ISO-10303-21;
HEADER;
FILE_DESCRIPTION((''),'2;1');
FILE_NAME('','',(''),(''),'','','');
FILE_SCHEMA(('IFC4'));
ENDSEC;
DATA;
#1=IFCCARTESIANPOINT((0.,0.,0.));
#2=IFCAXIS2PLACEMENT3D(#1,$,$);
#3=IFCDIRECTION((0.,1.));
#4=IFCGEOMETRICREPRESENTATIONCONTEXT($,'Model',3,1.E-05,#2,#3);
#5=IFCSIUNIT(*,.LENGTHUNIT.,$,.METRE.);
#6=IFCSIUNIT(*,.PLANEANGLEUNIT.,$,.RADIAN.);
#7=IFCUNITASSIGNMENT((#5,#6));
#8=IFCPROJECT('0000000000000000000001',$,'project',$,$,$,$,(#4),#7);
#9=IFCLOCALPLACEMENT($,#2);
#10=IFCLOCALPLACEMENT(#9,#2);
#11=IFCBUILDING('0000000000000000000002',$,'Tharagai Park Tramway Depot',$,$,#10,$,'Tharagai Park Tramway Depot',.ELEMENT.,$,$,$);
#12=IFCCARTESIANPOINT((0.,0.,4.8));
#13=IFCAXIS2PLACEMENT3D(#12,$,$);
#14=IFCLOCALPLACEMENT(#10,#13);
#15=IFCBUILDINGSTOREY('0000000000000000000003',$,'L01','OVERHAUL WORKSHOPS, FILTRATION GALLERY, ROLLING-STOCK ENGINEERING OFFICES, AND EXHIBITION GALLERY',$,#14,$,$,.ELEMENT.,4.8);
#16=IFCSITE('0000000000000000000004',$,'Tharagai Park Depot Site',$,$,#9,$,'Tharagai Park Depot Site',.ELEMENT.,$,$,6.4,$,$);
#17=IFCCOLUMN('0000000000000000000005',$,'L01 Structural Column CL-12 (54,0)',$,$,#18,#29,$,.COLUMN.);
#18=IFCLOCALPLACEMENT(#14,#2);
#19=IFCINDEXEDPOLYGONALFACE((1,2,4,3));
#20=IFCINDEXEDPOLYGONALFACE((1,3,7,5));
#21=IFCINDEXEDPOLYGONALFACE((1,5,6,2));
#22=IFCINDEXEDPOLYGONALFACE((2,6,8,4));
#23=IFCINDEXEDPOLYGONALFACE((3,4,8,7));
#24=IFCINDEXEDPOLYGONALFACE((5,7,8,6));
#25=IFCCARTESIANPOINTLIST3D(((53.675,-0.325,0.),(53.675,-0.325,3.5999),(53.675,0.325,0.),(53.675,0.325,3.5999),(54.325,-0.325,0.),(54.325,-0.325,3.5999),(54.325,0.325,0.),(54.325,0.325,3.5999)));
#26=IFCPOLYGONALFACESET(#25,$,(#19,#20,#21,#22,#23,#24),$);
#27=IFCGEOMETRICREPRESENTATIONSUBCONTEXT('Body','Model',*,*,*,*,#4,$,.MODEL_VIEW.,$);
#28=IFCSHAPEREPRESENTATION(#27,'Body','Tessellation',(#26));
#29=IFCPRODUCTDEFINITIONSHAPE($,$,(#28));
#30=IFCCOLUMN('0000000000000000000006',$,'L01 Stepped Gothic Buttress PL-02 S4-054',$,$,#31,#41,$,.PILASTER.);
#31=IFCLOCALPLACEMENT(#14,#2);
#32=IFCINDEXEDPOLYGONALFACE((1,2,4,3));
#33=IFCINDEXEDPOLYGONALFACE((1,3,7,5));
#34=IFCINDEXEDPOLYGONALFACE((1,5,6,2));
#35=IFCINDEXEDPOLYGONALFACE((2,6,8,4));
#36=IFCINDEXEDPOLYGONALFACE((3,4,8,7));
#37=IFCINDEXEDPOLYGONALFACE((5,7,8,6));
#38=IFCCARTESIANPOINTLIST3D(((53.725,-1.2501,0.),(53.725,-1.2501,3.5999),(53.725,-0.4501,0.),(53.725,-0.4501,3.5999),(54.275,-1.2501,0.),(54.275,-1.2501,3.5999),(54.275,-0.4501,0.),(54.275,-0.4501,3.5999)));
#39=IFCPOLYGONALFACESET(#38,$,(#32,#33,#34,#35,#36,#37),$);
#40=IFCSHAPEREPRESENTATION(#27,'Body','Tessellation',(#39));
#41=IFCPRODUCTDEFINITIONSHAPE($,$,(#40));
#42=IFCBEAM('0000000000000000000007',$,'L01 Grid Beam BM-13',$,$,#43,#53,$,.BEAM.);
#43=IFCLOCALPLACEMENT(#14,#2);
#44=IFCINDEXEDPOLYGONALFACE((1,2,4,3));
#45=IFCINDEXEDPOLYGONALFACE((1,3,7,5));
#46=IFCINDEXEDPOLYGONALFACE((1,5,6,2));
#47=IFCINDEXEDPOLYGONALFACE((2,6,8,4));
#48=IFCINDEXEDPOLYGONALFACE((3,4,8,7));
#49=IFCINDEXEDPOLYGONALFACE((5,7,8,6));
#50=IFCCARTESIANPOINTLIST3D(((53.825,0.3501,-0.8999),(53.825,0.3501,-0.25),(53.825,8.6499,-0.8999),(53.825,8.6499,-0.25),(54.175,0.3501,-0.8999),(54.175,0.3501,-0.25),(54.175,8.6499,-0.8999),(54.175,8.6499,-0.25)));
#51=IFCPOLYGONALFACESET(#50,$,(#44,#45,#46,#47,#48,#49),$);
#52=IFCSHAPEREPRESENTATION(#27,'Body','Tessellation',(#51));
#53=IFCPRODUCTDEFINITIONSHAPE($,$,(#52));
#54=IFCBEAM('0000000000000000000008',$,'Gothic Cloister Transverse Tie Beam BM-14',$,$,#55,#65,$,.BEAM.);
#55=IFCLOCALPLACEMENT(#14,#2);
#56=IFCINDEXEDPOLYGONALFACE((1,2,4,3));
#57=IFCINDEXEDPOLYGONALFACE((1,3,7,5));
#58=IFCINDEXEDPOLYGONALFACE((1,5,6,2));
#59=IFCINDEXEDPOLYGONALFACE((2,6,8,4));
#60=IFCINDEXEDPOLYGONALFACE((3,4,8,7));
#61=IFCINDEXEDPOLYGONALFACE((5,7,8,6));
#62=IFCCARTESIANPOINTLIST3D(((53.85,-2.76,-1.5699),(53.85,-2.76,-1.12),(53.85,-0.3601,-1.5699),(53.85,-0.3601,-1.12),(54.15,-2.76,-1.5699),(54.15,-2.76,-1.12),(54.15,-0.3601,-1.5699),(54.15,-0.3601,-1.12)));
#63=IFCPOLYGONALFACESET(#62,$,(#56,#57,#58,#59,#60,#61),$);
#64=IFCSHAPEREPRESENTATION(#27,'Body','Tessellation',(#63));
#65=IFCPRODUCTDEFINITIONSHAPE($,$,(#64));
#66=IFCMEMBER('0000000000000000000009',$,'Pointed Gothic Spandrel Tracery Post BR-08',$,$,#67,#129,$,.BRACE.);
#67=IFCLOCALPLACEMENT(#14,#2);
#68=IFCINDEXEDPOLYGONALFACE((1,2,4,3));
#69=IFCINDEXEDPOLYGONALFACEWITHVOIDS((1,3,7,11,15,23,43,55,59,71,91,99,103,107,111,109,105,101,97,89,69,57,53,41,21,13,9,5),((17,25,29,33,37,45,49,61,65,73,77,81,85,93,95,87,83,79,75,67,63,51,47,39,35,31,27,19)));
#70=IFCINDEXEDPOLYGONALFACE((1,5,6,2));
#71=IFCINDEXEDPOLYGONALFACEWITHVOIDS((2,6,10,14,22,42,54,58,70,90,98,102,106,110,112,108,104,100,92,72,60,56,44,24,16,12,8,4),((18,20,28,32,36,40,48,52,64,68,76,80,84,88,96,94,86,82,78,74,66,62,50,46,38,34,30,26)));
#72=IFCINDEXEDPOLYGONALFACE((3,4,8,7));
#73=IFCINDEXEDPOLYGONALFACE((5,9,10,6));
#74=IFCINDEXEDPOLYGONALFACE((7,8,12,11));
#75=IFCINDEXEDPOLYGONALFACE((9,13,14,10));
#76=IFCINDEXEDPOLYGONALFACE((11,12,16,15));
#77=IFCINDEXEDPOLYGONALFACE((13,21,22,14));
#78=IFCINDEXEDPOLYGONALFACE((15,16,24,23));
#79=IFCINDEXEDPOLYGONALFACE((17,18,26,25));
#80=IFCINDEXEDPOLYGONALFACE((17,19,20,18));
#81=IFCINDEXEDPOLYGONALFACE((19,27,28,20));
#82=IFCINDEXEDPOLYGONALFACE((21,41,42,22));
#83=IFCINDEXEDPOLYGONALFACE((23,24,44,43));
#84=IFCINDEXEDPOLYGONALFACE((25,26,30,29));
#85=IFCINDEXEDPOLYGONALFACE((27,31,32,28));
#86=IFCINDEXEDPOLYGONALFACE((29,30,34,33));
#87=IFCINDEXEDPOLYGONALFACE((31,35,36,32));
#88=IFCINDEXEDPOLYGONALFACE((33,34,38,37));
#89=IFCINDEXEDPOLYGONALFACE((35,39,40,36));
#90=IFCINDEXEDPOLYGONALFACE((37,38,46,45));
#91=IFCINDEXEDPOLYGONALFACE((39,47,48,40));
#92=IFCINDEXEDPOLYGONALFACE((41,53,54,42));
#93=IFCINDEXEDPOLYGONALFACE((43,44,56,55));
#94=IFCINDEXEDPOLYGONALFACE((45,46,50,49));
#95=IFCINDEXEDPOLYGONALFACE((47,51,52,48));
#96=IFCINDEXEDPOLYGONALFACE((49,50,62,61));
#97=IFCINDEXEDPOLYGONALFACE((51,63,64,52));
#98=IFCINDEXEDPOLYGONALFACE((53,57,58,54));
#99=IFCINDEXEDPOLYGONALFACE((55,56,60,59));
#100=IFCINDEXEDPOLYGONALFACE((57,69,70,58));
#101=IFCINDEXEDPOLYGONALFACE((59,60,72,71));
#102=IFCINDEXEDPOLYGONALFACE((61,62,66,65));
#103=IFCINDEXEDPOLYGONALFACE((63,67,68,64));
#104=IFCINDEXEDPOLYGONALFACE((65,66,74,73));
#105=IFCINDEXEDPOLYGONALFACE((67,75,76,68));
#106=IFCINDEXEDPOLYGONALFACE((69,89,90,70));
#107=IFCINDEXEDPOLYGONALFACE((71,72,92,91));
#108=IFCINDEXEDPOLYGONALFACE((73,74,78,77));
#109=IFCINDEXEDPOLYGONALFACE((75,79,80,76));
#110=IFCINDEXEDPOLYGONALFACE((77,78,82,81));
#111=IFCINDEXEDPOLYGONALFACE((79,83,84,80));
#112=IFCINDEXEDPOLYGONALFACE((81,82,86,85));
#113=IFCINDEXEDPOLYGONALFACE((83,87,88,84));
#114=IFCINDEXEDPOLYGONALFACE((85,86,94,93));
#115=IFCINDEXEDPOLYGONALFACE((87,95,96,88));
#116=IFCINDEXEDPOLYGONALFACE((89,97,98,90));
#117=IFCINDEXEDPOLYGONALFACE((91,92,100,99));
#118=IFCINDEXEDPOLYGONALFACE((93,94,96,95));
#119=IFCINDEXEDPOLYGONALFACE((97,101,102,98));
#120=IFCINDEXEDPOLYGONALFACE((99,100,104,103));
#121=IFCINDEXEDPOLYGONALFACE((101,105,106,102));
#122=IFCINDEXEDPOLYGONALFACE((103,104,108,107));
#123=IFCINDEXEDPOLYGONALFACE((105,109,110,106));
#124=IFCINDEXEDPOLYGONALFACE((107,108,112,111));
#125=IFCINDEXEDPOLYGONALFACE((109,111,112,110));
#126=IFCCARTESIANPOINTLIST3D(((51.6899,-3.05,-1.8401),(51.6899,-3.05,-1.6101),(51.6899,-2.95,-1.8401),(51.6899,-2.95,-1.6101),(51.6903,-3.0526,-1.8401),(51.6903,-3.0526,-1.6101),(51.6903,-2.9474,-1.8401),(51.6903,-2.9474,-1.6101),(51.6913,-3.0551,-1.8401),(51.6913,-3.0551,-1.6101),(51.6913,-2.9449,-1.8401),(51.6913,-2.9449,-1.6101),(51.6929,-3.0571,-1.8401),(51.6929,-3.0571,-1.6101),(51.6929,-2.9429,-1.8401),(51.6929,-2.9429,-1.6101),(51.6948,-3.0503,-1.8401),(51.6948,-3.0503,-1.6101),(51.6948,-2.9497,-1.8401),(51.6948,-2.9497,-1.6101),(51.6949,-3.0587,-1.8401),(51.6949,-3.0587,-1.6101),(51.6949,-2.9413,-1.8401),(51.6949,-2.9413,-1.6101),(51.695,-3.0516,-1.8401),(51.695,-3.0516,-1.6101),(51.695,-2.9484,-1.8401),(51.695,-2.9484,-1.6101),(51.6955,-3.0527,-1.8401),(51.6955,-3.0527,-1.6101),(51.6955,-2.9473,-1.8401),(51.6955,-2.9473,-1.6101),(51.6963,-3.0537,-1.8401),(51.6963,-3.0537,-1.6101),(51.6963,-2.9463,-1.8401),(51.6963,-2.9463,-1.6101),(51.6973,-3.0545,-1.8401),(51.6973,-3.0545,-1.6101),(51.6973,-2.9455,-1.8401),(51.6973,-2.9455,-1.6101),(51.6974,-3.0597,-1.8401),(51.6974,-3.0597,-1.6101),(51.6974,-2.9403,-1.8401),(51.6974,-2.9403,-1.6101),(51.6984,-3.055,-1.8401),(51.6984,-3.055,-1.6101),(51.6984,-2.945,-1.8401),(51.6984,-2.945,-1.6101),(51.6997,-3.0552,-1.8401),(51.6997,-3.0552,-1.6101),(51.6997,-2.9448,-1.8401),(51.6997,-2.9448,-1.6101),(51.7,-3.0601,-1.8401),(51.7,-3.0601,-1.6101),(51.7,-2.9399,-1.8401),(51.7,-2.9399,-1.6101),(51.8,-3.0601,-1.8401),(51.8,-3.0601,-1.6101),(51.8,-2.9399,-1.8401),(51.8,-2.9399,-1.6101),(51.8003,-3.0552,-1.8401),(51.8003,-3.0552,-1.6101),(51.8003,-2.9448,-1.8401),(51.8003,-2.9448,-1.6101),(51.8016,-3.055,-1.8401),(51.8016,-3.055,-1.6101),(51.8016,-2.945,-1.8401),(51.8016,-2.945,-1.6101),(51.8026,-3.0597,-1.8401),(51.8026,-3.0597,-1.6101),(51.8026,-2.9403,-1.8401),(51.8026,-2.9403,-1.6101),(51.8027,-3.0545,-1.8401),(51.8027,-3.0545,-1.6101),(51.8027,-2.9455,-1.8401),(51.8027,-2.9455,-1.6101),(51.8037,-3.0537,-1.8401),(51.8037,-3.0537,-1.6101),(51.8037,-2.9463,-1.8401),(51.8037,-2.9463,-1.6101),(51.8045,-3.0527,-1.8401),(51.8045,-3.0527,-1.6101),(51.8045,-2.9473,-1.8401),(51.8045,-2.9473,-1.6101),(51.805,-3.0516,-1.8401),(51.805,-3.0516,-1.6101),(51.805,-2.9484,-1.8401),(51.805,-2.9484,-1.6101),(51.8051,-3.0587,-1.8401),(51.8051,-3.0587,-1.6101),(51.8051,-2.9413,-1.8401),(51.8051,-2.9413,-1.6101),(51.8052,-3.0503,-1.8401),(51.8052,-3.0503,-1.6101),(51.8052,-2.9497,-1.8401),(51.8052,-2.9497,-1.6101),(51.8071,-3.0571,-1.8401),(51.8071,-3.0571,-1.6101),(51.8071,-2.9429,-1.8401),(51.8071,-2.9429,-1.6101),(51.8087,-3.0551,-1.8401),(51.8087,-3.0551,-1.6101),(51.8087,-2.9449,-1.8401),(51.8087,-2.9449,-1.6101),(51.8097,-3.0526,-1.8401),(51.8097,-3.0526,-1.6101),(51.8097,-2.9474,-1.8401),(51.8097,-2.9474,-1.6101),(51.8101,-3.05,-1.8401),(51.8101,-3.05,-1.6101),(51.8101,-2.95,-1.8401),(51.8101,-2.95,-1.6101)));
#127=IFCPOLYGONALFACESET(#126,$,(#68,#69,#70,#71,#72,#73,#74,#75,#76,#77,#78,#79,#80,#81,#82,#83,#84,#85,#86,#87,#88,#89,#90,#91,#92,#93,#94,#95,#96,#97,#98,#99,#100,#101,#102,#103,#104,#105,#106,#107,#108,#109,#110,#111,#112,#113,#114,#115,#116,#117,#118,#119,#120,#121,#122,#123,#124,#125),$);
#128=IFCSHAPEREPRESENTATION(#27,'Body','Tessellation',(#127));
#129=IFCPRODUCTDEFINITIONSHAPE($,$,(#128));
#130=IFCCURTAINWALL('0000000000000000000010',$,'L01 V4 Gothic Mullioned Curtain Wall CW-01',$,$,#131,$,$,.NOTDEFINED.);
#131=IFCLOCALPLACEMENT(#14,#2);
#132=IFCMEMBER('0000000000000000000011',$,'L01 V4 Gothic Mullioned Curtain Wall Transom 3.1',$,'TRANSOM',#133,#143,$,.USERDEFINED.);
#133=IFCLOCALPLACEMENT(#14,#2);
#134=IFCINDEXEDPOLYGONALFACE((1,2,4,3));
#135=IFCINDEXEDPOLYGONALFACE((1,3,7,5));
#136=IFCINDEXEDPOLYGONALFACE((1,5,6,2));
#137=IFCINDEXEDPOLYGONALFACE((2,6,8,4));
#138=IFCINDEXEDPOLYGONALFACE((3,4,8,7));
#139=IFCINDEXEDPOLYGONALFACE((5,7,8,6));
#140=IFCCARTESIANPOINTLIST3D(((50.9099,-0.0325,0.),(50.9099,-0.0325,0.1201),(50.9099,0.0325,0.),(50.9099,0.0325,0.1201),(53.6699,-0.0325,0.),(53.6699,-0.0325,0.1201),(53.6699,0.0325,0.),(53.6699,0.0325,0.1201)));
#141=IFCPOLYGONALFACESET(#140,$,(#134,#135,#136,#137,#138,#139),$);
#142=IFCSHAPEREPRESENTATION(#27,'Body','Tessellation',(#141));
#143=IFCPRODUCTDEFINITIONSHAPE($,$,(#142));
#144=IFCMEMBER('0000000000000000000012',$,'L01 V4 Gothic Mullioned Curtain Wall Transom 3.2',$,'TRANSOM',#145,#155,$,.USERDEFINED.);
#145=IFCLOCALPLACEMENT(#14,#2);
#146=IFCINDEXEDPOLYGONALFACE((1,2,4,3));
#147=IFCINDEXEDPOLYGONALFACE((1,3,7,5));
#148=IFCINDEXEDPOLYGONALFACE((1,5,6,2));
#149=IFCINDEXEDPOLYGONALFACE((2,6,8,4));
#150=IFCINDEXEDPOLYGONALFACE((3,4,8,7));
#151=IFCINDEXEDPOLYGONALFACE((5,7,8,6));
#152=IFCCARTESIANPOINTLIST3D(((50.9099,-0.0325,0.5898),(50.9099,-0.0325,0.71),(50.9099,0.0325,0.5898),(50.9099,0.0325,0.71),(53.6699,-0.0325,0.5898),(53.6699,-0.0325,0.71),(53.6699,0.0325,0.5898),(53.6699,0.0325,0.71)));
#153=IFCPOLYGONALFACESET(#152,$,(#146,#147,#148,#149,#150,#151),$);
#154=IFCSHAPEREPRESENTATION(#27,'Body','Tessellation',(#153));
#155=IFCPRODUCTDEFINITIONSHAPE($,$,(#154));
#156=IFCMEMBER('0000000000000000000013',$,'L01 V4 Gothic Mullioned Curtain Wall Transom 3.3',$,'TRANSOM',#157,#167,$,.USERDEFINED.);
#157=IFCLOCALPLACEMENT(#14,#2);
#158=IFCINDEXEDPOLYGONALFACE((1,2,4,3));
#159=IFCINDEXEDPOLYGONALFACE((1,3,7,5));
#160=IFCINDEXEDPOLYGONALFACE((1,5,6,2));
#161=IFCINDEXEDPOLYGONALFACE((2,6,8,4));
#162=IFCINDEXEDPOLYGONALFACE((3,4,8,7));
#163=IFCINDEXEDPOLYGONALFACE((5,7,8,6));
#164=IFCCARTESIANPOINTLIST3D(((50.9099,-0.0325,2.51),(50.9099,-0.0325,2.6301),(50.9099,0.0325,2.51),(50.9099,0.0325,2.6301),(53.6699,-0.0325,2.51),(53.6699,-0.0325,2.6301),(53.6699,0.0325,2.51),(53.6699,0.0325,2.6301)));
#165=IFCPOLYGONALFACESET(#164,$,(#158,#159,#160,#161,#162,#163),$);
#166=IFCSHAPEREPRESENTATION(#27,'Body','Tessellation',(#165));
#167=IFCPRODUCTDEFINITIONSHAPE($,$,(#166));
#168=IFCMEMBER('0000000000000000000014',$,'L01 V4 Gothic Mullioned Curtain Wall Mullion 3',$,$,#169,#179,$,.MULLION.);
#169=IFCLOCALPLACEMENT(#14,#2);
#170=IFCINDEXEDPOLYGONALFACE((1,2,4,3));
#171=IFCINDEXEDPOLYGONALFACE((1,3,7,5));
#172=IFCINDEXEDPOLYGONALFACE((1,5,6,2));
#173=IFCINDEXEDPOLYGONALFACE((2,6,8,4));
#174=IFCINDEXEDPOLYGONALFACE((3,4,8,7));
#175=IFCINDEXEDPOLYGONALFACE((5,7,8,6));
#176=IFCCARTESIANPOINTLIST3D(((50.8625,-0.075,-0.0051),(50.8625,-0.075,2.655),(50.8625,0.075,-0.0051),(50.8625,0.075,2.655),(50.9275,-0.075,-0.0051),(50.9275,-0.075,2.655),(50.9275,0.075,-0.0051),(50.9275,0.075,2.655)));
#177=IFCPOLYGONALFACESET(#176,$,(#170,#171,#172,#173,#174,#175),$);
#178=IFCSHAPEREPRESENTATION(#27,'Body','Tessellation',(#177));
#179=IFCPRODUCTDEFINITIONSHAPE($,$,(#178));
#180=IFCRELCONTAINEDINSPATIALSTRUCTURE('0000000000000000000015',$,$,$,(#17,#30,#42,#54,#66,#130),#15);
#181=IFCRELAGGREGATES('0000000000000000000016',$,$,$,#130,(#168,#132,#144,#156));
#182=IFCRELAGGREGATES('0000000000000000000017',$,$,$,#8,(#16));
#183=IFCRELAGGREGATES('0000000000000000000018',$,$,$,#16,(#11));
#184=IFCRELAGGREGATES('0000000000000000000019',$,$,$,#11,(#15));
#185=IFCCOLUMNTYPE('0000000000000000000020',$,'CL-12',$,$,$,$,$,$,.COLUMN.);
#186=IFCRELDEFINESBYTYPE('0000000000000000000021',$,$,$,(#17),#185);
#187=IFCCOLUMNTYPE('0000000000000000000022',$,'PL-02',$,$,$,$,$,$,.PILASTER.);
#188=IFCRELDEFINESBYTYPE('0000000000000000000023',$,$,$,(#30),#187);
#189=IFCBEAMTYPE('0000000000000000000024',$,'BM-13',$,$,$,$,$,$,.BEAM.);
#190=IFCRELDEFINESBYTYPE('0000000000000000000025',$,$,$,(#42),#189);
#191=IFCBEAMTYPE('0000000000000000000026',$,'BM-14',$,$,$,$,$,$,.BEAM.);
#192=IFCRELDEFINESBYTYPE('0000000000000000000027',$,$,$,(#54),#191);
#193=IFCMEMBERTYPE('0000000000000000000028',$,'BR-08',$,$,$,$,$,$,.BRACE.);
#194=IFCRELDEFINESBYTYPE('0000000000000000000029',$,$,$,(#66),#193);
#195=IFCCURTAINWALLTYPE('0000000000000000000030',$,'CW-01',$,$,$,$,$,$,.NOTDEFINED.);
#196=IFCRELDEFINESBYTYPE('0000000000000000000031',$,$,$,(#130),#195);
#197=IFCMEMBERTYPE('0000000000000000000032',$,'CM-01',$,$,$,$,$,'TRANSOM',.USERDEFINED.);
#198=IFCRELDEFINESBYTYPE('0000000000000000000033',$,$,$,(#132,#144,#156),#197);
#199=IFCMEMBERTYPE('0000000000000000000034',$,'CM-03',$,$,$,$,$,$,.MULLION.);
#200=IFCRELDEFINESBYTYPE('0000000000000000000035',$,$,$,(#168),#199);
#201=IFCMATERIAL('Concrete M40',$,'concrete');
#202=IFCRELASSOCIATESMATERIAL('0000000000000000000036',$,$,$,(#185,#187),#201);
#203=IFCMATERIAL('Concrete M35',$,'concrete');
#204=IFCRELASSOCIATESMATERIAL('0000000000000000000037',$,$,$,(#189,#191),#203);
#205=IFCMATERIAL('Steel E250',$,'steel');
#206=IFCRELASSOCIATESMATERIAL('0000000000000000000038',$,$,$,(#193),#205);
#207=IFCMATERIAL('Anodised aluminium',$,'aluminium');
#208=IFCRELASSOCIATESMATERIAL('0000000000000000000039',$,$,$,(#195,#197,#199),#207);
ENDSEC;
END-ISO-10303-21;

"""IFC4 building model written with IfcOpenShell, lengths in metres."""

from ifc_helpers import new_model, si_unit, direction, frame, origin, origin_2d, place, context, subcontext, project, spatial, rectangle, hollow_rectangle, extrude, material, material_profile, profile_set, type_object, element, aggregate, save


model = new_model("IFC4")

# Units and contexts
model_context = context("Model", 3, precision=1e-05, world=origin(), true_north=direction((0.0, 1.0)))
body_context = subcontext(model_context, "Body", "Model", "MODEL_VIEW")
ifc_project = project(units=[si_unit("LENGTHUNIT", "METRE"), si_unit("PLANEANGLEUNIT", "RADIAN")], contexts=[model_context])

# Site, building, storey
site_placement = place(None, origin())
site = spatial("IfcSite", under=ifc_project, at=site_placement, Name="Tharagai Park Depot Site", LongName="Tharagai Park Depot Site", CompositionType="ELEMENT", RefElevation=6.4)
building_placement = place(site_placement, origin())
building = spatial("IfcBuilding", under=site, at=building_placement, Name="Tharagai Park Tramway Depot", LongName="Tharagai Park Tramway Depot", CompositionType="ELEMENT")
storey_placement = place(building_placement, frame((0.0, 0.0, 4.8)))
storey = spatial("IfcBuildingStorey", under=building, at=storey_placement, Name="L01", Description="OVERHAUL WORKSHOPS, FILTRATION GALLERY, ROLLING-STOCK ENGINEERING OFFICES, AND EXHIBITION GALLERY", CompositionType="ELEMENT", Elevation=4.8)

# Columns
ifc_material_1 = material(Name="Concrete M40", Category="concrete")
ifc_material_profile_1 = material_profile(ifc_material_1, rectangle(XDim=0.6499, YDim=0.6499, at=origin_2d()), Name="RC 650x650")
ifc_profile_set_1 = profile_set([ifc_material_profile_1], Name="Concrete M40")
column_type_1 = type_object("IfcColumnType", Name="CL-12", PredefinedType="COLUMN", material=ifc_profile_set_1)
column_1_placement = place(storey_placement, frame((54.0, 0.0, 0.0), z_axis=(0.0, 0.0, 1.0), x_axis=(1.0, 0.0, 0.0)))
element("IfcColumn", 1, at=column_1_placement, inside=storey, type_object=column_type_1, Name="L01 Structural Column CL-12 (54,0)", PredefinedType="COLUMN", context=body_context, shape_type="SweptSolid", body=[
    extrude(rectangle(XDim=0.6499, YDim=0.6499, at=origin_2d()), origin(), (0.0, 0.0, 1.0), 3.5999),
])
ifc_material_profile_2 = material_profile(ifc_material_1, rectangle(XDim=0.55, YDim=0.8, at=origin_2d()), Name="RC 550x800")
ifc_profile_set_2 = profile_set([ifc_material_profile_2], Name="Concrete M40")
column_type_2 = type_object("IfcColumnType", Name="PL-02", PredefinedType="PILASTER", material=ifc_profile_set_2)
column_2_placement = place(storey_placement, frame((54.0, -0.8501, 0.0), z_axis=(0.0, 0.0, 1.0), x_axis=(1.0, 0.0, 0.0)))
element("IfcColumn", 2, at=column_2_placement, inside=storey, type_object=column_type_2, Name="L01 Stepped Gothic Buttress PL-02 S4-054", PredefinedType="PILASTER", context=body_context, shape_type="SweptSolid", body=[
    extrude(rectangle(XDim=0.55, YDim=0.8, at=origin_2d()), origin(), (0.0, 0.0, 1.0), 3.5999),
])

# Beams
ifc_material_2 = material(Name="Concrete M35", Category="concrete")
ifc_material_profile_3 = material_profile(ifc_material_2, rectangle(XDim=0.3501, YDim=0.6499, at=origin_2d()), Name="RC 350x650")
ifc_profile_set_3 = profile_set([ifc_material_profile_3], Name="Concrete M35")
beam_type_1 = type_object("IfcBeamType", Name="BM-13", PredefinedType="BEAM", material=ifc_profile_set_3)
beam_1_placement = place(storey_placement, frame((54.0, 0.3501, -0.575), z_axis=(0.0, 1.0, 0.0), x_axis=(-1.0, 0.0, 0.0)))
element("IfcBeam", 3, at=beam_1_placement, inside=storey, type_object=beam_type_1, Name="L01 Grid Beam BM-13", PredefinedType="BEAM", context=body_context, shape_type="SweptSolid", body=[
    extrude(rectangle(XDim=0.3501, YDim=0.6499, at=origin_2d()), origin(), (0.0, 0.0, 1.0), 8.2998),
])
ifc_material_profile_4 = material_profile(ifc_material_2, rectangle(XDim=0.3, YDim=0.45, at=origin_2d()), Name="RC 300x450")
ifc_profile_set_4 = profile_set([ifc_material_profile_4], Name="Concrete M35")
beam_type_2 = type_object("IfcBeamType", Name="BM-14", PredefinedType="BEAM", material=ifc_profile_set_4)
beam_2_placement = place(storey_placement, frame((54.0, -2.76, -1.345), z_axis=(0.0, 1.0, 0.0), x_axis=(-1.0, 0.0, 0.0)))
element("IfcBeam", 4, at=beam_2_placement, inside=storey, type_object=beam_type_2, Name="Gothic Cloister Transverse Tie Beam BM-14", PredefinedType="BEAM", context=body_context, shape_type="SweptSolid", body=[
    extrude(rectangle(XDim=0.3, YDim=0.45, at=origin_2d()), origin(), (0.0, 0.0, 1.0), 2.3999),
])

# Member
ifc_material_3 = material(Name="Steel E250", Category="steel")
ifc_material_profile_5 = material_profile(ifc_material_3, hollow_rectangle(XDim=0.1201, YDim=0.1201, WallThickness=0.0049, InnerFilletRadius=0.0049, OuterFilletRadius=0.01, at=origin_2d()), Name="SHS 120x120x5")
ifc_profile_set_5 = profile_set([ifc_material_profile_5], Name="Steel E250")
member_type_1 = type_object("IfcMemberType", Name="BR-08", PredefinedType="BRACE", material=ifc_profile_set_5)
member_1_placement = place(storey_placement, frame((51.75, -3.0, -1.8401), z_axis=(0.0, 0.0, 1.0), x_axis=(1.0, 0.0, 0.0)))
element("IfcMember", 5, at=member_1_placement, inside=storey, type_object=member_type_1, Name="Pointed Gothic Spandrel Tracery Post BR-08", PredefinedType="BRACE", context=body_context, shape_type="SweptSolid", body=[
    extrude(hollow_rectangle(XDim=0.1201, YDim=0.1201, WallThickness=0.0049, InnerFilletRadius=0.0049, OuterFilletRadius=0.01, at=origin_2d()), origin(), (0.0, 0.0, 1.0), 0.23),
])

# Curtain wall, members
ifc_material_4 = material(Name="Anodised aluminium", Category="aluminium")
curtain_wall_type = type_object("IfcCurtainWallType", Name="CW-01", PredefinedType="NOTDEFINED", material=ifc_material_4)
curtain_wall_placement = place(storey_placement, origin())
curtain_wall = element("IfcCurtainWall", 6, at=curtain_wall_placement, inside=storey, type_object=curtain_wall_type, Name="L01 V4 Gothic Mullioned Curtain Wall CW-01", PredefinedType="NOTDEFINED")
ifc_material_profile_6 = material_profile(ifc_material_4, rectangle(XDim=0.0649, YDim=0.1201, at=origin_2d()), Name="ALU 65x120")
ifc_profile_set_6 = profile_set([ifc_material_profile_6], Name="Anodised aluminium")
member_type_2 = type_object("IfcMemberType", Name="CM-01", ElementType="TRANSOM", PredefinedType="USERDEFINED", material=ifc_profile_set_6)
member_2_placement = place(storey_placement, frame((50.9099, 0.0, 0.0601), z_axis=(1.0, 0.0, 0.0), x_axis=(0.0, 1.0, 0.0)))
member_2 = element("IfcMember", 7, at=member_2_placement, type_object=member_type_2, Name="L01 V4 Gothic Mullioned Curtain Wall Transom 3.1", ObjectType="TRANSOM", PredefinedType="USERDEFINED", context=body_context, shape_type="SweptSolid", body=[
    extrude(rectangle(XDim=0.0649, YDim=0.1201, at=origin_2d()), origin(), (0.0, 0.0, 1.0), 2.76),
])
member_3_placement = place(storey_placement, frame((50.9099, 0.0, 0.6499), z_axis=(1.0, 0.0, 0.0), x_axis=(0.0, 1.0, 0.0)))
member_3 = element("IfcMember", 8, at=member_3_placement, type_object=member_type_2, Name="L01 V4 Gothic Mullioned Curtain Wall Transom 3.2", ObjectType="TRANSOM", PredefinedType="USERDEFINED", context=body_context, shape_type="SweptSolid", body=[
    extrude(rectangle(XDim=0.0649, YDim=0.1201, at=origin_2d()), origin(), (0.0, 0.0, 1.0), 2.76),
])
member_4_placement = place(storey_placement, frame((50.9099, 0.0, 2.5701), z_axis=(1.0, 0.0, 0.0), x_axis=(0.0, 1.0, 0.0)))
member_4 = element("IfcMember", 9, at=member_4_placement, type_object=member_type_2, Name="L01 V4 Gothic Mullioned Curtain Wall Transom 3.3", ObjectType="TRANSOM", PredefinedType="USERDEFINED", context=body_context, shape_type="SweptSolid", body=[
    extrude(rectangle(XDim=0.0649, YDim=0.1201, at=origin_2d()), origin(), (0.0, 0.0, 1.0), 2.76),
])
ifc_material_profile_7 = material_profile(ifc_material_4, rectangle(XDim=0.0649, YDim=0.1499, at=origin_2d()), Name="ALU 65x150")
ifc_profile_set_7 = profile_set([ifc_material_profile_7], Name="Anodised aluminium")
member_type_3 = type_object("IfcMemberType", Name="CM-03", PredefinedType="MULLION", material=ifc_profile_set_7)
member_5_placement = place(storey_placement, frame((50.895, 0.0, -0.0051), z_axis=(0.0, 0.0, 1.0), x_axis=(1.0, 0.0, 0.0)))
member_5 = element("IfcMember", 10, at=member_5_placement, type_object=member_type_3, Name="L01 V4 Gothic Mullioned Curtain Wall Mullion 3", PredefinedType="MULLION", context=body_context, shape_type="SweptSolid", body=[
    extrude(rectangle(XDim=0.0649, YDim=0.1499, at=origin_2d()), origin(), (0.0, 0.0, 1.0), 2.6602),
])

aggregate(curtain_wall, [member_5, member_2, member_3, member_4])

save(model, "model.ifc")
